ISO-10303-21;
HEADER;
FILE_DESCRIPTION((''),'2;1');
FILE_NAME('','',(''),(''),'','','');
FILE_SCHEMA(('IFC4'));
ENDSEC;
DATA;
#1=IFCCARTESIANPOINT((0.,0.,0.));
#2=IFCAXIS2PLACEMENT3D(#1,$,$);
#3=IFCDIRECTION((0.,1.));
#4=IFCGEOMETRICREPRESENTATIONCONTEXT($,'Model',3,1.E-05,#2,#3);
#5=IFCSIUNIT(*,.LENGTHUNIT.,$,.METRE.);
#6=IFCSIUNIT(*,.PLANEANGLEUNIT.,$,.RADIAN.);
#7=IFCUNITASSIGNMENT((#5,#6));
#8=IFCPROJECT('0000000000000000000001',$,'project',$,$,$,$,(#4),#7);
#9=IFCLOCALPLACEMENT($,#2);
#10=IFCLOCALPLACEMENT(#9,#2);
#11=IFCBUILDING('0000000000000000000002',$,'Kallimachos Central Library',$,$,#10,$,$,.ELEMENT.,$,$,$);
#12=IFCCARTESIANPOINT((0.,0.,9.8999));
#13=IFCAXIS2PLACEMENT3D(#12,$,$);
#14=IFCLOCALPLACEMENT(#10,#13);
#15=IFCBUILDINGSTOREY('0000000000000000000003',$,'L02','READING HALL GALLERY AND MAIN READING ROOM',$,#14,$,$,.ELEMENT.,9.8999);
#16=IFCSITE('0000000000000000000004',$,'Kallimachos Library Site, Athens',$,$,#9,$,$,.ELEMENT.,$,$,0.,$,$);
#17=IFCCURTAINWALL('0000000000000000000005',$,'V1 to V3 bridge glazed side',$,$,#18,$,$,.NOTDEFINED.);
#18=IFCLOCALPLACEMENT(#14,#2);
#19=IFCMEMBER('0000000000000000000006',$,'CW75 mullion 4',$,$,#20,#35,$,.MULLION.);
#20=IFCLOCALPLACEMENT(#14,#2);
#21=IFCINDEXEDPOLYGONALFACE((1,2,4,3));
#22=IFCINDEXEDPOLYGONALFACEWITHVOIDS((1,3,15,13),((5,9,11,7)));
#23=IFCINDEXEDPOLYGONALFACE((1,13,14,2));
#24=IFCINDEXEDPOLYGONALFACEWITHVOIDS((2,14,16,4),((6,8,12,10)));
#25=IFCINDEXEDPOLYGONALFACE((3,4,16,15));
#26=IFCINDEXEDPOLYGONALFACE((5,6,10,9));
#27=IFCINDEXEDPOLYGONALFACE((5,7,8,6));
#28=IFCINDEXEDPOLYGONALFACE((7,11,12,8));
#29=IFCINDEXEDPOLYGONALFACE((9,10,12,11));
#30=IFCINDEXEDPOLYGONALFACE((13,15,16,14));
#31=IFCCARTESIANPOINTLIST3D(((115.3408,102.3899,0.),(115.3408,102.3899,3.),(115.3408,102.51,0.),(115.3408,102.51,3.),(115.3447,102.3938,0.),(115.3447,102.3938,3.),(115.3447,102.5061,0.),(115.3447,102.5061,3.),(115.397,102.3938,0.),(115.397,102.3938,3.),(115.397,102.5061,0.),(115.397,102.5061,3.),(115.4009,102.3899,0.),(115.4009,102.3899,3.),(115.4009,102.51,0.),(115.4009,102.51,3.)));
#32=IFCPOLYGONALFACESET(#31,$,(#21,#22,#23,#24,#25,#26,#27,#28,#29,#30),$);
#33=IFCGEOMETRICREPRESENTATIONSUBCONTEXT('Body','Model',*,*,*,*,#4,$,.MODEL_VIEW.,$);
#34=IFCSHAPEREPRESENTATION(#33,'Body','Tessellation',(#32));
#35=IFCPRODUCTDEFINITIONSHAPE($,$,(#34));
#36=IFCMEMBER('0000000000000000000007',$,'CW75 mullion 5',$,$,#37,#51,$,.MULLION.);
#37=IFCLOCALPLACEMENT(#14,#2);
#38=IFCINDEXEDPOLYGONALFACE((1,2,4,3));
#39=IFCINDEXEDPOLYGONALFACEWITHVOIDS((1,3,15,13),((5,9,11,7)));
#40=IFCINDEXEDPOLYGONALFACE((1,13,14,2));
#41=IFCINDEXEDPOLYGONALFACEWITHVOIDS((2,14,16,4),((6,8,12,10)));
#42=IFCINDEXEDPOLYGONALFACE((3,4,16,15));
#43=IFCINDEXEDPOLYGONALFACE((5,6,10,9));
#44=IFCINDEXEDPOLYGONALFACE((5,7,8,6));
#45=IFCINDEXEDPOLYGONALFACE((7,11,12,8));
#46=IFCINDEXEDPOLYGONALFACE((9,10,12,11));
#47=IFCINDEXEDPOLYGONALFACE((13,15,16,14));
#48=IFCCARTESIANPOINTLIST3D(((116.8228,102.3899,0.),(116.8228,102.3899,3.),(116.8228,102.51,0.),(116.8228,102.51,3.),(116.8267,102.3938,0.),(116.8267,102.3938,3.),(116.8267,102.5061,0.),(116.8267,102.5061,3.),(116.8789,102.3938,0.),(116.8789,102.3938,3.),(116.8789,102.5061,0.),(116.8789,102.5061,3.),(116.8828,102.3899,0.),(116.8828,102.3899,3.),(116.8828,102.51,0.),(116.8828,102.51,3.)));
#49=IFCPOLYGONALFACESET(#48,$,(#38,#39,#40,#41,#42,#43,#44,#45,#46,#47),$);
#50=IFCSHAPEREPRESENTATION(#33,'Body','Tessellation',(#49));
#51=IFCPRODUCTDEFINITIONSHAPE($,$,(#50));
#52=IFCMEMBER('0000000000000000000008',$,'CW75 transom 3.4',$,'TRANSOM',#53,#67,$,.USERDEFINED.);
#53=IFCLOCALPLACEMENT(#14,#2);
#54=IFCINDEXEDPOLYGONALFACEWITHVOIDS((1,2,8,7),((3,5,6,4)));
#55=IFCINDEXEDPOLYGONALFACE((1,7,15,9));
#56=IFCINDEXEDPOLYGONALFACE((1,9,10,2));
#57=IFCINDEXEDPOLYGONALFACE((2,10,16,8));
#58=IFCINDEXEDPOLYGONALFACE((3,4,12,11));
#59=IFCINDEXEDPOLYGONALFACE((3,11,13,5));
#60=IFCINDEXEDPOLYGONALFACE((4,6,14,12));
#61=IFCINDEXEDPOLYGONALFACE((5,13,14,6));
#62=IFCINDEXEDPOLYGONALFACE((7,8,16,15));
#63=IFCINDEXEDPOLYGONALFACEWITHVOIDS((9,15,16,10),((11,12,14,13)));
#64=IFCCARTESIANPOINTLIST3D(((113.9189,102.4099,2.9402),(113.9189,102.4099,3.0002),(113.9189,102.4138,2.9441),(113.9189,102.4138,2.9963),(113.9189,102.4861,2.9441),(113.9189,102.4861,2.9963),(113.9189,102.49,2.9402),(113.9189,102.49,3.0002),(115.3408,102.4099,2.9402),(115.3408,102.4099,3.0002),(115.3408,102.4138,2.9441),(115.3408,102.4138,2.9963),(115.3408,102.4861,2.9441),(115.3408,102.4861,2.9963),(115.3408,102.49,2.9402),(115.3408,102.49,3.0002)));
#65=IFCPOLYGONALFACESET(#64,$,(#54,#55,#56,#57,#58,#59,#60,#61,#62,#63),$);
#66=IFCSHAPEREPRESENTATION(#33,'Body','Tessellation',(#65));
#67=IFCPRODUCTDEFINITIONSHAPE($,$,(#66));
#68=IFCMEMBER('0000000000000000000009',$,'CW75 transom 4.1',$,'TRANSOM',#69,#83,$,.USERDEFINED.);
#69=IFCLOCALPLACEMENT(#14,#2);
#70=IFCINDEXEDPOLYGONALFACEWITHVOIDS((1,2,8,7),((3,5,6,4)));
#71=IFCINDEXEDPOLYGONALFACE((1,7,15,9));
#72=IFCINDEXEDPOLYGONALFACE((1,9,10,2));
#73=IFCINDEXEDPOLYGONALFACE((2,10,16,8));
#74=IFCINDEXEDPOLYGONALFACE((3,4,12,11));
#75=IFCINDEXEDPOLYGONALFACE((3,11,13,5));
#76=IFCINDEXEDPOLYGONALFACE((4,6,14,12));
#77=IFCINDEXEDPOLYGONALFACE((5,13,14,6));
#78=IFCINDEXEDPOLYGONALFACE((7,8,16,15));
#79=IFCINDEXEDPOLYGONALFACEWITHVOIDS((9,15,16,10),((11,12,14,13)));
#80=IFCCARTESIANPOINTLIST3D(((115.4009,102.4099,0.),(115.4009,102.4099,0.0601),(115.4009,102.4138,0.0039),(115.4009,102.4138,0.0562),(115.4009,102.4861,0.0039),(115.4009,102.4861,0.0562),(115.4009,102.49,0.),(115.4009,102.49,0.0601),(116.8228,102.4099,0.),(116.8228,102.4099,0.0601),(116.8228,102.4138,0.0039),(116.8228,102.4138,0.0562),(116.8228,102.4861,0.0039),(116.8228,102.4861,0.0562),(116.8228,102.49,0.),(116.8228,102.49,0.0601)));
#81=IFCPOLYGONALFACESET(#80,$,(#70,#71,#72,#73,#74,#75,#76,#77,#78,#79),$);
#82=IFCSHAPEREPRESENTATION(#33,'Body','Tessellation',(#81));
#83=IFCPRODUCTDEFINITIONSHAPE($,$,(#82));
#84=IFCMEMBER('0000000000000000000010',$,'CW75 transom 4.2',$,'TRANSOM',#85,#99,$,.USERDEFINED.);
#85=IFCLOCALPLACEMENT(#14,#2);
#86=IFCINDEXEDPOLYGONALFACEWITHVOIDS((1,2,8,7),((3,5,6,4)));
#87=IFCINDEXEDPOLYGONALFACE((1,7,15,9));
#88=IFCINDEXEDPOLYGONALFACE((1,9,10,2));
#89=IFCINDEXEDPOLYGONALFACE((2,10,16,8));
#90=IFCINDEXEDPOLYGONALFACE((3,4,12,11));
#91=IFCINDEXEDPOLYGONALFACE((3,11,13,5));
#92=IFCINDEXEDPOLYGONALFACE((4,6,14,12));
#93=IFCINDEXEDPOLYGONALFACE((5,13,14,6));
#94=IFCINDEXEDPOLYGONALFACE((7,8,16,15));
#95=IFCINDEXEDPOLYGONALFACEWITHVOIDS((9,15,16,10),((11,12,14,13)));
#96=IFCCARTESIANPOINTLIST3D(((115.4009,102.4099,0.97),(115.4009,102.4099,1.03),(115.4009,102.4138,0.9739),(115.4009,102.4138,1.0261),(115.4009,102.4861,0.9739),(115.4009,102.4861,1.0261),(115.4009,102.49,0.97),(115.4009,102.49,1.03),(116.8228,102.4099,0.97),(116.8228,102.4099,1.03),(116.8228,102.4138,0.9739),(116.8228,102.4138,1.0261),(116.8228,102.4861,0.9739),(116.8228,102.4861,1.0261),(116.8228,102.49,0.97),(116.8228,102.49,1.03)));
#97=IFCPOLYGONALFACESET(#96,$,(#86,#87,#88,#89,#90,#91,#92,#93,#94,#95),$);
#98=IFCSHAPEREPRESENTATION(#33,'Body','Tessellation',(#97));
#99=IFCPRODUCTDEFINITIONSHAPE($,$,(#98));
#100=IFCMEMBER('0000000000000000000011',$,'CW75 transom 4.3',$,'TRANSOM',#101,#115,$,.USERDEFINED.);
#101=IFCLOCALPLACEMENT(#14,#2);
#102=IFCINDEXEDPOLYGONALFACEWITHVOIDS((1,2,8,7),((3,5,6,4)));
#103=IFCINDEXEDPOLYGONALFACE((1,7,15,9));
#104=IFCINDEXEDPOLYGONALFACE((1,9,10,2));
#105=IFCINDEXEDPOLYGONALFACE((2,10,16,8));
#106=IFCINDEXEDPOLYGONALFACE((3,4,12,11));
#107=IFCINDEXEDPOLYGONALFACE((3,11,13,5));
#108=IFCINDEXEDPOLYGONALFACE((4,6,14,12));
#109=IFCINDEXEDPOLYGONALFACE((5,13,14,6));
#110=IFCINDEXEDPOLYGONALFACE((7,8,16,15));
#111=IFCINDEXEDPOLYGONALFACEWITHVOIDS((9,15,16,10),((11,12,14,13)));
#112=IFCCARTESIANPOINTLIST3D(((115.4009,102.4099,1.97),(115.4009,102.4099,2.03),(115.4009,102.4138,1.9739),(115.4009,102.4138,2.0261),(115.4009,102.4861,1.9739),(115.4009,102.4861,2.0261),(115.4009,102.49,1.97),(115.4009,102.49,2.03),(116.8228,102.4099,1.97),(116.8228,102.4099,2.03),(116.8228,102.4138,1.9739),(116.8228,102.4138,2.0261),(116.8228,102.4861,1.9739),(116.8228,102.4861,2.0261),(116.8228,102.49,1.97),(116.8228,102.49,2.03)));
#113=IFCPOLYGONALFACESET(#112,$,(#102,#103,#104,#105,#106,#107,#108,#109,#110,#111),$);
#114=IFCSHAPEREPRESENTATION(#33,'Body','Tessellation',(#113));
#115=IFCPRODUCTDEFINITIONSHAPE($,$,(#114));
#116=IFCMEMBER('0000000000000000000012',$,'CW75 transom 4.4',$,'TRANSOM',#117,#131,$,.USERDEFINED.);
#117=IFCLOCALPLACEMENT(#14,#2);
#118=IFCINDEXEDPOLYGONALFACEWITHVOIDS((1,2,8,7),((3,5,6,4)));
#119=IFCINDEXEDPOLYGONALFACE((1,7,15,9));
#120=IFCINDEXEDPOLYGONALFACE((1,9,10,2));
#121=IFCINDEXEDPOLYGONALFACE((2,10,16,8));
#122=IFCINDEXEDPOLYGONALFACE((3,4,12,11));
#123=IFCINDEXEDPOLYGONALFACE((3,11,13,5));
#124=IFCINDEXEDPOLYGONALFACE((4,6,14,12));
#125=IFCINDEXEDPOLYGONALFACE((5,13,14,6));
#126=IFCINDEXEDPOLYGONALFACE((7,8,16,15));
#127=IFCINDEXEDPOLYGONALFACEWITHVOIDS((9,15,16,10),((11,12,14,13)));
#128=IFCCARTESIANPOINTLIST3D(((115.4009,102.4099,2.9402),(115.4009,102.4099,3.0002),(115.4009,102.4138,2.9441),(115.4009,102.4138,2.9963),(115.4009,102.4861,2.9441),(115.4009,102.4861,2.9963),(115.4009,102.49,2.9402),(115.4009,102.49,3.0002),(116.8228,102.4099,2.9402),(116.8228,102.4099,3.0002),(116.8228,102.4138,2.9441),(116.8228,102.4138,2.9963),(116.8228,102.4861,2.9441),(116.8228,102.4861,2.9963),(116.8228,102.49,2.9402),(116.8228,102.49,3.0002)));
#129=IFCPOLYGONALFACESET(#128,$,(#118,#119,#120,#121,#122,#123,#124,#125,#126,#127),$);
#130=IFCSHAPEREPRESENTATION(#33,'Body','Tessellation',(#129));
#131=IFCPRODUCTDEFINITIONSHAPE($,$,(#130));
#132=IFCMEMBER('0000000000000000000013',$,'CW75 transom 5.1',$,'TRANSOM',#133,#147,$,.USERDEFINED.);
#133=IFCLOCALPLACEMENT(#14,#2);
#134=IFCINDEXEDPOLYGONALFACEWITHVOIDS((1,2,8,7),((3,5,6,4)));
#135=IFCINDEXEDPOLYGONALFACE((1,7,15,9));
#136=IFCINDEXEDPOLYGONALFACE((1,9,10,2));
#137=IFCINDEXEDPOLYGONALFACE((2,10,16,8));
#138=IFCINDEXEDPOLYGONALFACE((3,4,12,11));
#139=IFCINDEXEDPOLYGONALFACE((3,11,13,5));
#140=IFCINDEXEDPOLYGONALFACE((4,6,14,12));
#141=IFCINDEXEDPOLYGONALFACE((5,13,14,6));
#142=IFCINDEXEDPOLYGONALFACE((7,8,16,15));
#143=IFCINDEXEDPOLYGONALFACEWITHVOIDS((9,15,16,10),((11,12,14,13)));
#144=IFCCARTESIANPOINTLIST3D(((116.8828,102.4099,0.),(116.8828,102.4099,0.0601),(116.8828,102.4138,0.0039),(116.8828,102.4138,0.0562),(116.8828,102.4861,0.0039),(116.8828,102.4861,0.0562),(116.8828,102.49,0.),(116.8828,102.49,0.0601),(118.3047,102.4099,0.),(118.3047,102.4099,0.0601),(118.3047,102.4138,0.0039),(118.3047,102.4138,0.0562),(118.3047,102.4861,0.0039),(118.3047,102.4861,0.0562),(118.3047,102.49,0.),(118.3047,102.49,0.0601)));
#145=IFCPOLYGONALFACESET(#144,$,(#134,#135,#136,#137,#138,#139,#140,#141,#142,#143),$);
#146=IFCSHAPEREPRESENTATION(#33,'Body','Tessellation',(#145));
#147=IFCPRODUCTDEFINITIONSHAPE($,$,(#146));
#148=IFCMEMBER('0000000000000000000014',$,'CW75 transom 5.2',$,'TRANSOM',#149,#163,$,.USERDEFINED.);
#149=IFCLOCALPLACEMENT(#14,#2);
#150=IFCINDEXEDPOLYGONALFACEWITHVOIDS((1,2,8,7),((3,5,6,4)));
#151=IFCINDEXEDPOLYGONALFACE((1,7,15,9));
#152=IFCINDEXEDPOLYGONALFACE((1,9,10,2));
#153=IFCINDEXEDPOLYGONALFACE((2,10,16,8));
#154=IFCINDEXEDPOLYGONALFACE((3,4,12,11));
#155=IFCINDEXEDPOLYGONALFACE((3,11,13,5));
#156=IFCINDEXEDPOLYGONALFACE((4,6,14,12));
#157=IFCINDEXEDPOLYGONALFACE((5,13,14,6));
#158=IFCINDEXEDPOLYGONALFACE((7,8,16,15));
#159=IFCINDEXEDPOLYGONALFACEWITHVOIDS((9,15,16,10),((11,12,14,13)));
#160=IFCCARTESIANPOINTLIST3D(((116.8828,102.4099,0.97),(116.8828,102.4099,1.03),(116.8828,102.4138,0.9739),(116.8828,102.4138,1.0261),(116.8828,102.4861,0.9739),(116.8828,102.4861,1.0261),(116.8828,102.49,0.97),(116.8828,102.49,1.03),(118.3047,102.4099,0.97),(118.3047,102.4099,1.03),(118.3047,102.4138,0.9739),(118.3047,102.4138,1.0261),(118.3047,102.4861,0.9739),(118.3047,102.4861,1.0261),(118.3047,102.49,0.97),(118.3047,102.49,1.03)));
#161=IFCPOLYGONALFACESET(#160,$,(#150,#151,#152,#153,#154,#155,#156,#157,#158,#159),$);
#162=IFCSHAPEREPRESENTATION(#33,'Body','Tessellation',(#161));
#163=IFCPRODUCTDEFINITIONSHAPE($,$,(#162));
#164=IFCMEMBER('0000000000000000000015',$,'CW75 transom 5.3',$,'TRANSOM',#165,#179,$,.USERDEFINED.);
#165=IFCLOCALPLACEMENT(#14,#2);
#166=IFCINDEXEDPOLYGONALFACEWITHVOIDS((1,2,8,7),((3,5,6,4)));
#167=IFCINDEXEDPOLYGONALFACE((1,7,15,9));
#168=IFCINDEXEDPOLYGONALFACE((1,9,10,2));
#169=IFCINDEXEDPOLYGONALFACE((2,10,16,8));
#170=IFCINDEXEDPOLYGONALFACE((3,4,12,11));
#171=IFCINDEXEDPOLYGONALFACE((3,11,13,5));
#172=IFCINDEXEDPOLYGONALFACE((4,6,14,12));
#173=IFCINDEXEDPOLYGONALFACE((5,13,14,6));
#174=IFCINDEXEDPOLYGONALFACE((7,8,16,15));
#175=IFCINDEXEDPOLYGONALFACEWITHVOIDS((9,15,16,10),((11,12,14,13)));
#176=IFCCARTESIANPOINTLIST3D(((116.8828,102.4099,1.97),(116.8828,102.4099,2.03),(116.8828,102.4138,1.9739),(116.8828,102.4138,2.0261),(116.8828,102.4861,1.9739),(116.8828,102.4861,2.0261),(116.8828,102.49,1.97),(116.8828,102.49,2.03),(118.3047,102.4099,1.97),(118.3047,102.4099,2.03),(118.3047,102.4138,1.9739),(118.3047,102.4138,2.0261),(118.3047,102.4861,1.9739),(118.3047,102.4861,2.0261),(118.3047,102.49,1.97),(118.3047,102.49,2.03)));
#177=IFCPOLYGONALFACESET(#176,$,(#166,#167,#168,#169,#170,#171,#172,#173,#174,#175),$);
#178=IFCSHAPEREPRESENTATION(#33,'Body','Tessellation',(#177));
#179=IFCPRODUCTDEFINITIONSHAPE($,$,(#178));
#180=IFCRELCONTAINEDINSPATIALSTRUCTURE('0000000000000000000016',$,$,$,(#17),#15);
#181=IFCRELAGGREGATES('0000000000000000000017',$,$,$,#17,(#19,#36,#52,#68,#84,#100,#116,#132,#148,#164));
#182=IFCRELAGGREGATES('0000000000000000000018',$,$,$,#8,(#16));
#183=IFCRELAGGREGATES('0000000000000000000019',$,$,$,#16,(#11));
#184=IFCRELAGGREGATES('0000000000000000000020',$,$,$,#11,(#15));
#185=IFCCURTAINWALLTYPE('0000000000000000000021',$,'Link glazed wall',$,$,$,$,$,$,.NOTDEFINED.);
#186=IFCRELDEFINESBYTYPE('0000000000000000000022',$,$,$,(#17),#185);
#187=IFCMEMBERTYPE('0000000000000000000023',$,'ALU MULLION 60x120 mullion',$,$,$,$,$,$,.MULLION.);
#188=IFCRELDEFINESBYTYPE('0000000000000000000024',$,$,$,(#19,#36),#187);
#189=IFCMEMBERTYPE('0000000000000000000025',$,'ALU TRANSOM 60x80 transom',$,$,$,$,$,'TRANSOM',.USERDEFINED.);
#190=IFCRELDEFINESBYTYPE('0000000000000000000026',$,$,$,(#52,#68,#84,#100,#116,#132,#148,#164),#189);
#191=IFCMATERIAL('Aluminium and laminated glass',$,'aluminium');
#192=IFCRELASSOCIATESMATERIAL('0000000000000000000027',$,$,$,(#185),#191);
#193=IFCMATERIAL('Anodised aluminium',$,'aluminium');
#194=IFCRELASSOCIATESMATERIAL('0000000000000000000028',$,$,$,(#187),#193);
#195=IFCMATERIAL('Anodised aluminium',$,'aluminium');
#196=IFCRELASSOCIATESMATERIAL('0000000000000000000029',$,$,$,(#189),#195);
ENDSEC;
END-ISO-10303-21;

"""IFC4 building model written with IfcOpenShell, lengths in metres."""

from ifc_helpers import new_model, si_unit, direction, frame, origin, origin_2d, place, context, subcontext, project, spatial, hollow_rectangle, extrude, material, material_profile, profile_set, type_object, element, aggregate, save


model = new_model("IFC4")

# Units and contexts
model_context = context("Model", 3, precision=1e-05, world=origin(), true_north=direction((0.0, 1.0)))
body_context = subcontext(model_context, "Body", "Model", "MODEL_VIEW")
ifc_project = project(units=[si_unit("LENGTHUNIT", "METRE"), si_unit("PLANEANGLEUNIT", "RADIAN")], contexts=[model_context])

# Site, building, storey
site_placement = place(None, origin())
site = spatial("IfcSite", under=ifc_project, at=site_placement, Name="Kallimachos Library Site, Athens", CompositionType="ELEMENT", RefElevation=0.0)
building_placement = place(site_placement, origin())
building = spatial("IfcBuilding", under=site, at=building_placement, Name="Kallimachos Central Library", CompositionType="ELEMENT")
storey_placement = place(building_placement, frame((0.0, 0.0, 9.8999)))
storey = spatial("IfcBuildingStorey", under=building, at=storey_placement, Name="L02", Description="READING HALL GALLERY AND MAIN READING ROOM", CompositionType="ELEMENT", Elevation=9.8999)

# Curtain wall, members
ifc_material_1 = material(Name="Aluminium and laminated glass", Category="aluminium")
curtain_wall_type = type_object("IfcCurtainWallType", Name="Link glazed wall", PredefinedType="NOTDEFINED", material=ifc_material_1)
curtain_wall_placement = place(storey_placement, origin())
curtain_wall = element("IfcCurtainWall", 1, at=curtain_wall_placement, inside=storey, type_object=curtain_wall_type, Name="V1 to V3 bridge glazed side", PredefinedType="NOTDEFINED")
ifc_material_2 = material(Name="Anodised aluminium", Category="aluminium")
ifc_material_profile_1 = material_profile(ifc_material_2, hollow_rectangle(XDim=0.0601, YDim=0.1201, WallThickness=0.0039, at=origin_2d()), Name="ALU MULLION 60x120")
ifc_profile_set_1 = profile_set([ifc_material_profile_1], Name="Anodised aluminium")
member_type_1 = type_object("IfcMemberType", Name="ALU MULLION 60x120 mullion", PredefinedType="MULLION", material=ifc_profile_set_1)
member_1_placement = place(storey_placement, frame((115.3708, 102.45, 0.0), z_axis=(0.0, 0.0, 1.0), x_axis=(1.0, 0.0, 0.0)))
member_1 = element("IfcMember", 2, at=member_1_placement, type_object=member_type_1, Name="CW75 mullion 4", PredefinedType="MULLION", context=body_context, shape_type="SweptSolid", body=[
    extrude(hollow_rectangle(XDim=0.0601, YDim=0.1201, WallThickness=0.0039, at=origin_2d()), origin(), (0.0, 0.0, 1.0), 3.0),
])
member_2_placement = place(storey_placement, frame((116.8528, 102.45, 0.0), z_axis=(0.0, 0.0, 1.0), x_axis=(1.0, 0.0, 0.0)))
member_2 = element("IfcMember", 3, at=member_2_placement, type_object=member_type_1, Name="CW75 mullion 5", PredefinedType="MULLION", context=body_context, shape_type="SweptSolid", body=[
    extrude(hollow_rectangle(XDim=0.0601, YDim=0.1201, WallThickness=0.0039, at=origin_2d()), origin(), (0.0, 0.0, 1.0), 3.0),
])
ifc_material_3 = material(Name="Anodised aluminium", Category="aluminium")
ifc_material_profile_2 = material_profile(ifc_material_3, hollow_rectangle(XDim=0.0601, YDim=0.0801, WallThickness=0.0039, at=origin_2d()), Name="ALU TRANSOM 60x80")
ifc_profile_set_2 = profile_set([ifc_material_profile_2], Name="Anodised aluminium")
member_type_2 = type_object("IfcMemberType", Name="ALU TRANSOM 60x80 transom", ElementType="TRANSOM", PredefinedType="USERDEFINED", material=ifc_profile_set_2)
member_3_placement = place(storey_placement, frame((113.9189, 102.45, 2.9702), z_axis=(1.0, 0.0, 0.0), x_axis=(0.0, 0.0, 1.0)))
member_3 = element("IfcMember", 4, at=member_3_placement, type_object=member_type_2, Name="CW75 transom 3.4", ObjectType="TRANSOM", PredefinedType="USERDEFINED", context=body_context, shape_type="SweptSolid", body=[
    extrude(hollow_rectangle(XDim=0.0601, YDim=0.0801, WallThickness=0.0039, at=origin_2d()), origin(), (0.0, 0.0, 1.0), 1.4219),
])
member_4_placement = place(storey_placement, frame((115.4009, 102.45, 0.03), z_axis=(1.0, 0.0, 0.0), x_axis=(0.0, 0.0, 1.0)))
member_4 = element("IfcMember", 5, at=member_4_placement, type_object=member_type_2, Name="CW75 transom 4.1", ObjectType="TRANSOM", PredefinedType="USERDEFINED", context=body_context, shape_type="SweptSolid", body=[
    extrude(hollow_rectangle(XDim=0.0601, YDim=0.0801, WallThickness=0.0039, at=origin_2d()), origin(), (0.0, 0.0, 1.0), 1.4219),
])
member_5_placement = place(storey_placement, frame((115.4009, 102.45, 1.0), z_axis=(1.0, 0.0, 0.0), x_axis=(0.0, 0.0, 1.0)))
member_5 = element("IfcMember", 6, at=member_5_placement, type_object=member_type_2, Name="CW75 transom 4.2", ObjectType="TRANSOM", PredefinedType="USERDEFINED", context=body_context, shape_type="SweptSolid", body=[
    extrude(hollow_rectangle(XDim=0.0601, YDim=0.0801, WallThickness=0.0039, at=origin_2d()), origin(), (0.0, 0.0, 1.0), 1.4219),
])
member_6_placement = place(storey_placement, frame((115.4009, 102.45, 2.0), z_axis=(1.0, 0.0, 0.0), x_axis=(0.0, 0.0, 1.0)))
member_6 = element("IfcMember", 7, at=member_6_placement, type_object=member_type_2, Name="CW75 transom 4.3", ObjectType="TRANSOM", PredefinedType="USERDEFINED", context=body_context, shape_type="SweptSolid", body=[
    extrude(hollow_rectangle(XDim=0.0601, YDim=0.0801, WallThickness=0.0039, at=origin_2d()), origin(), (0.0, 0.0, 1.0), 1.4219),
])
member_7_placement = place(storey_placement, frame((115.4009, 102.45, 2.9702), z_axis=(1.0, 0.0, 0.0), x_axis=(0.0, 0.0, 1.0)))
member_7 = element("IfcMember", 8, at=member_7_placement, type_object=member_type_2, Name="CW75 transom 4.4", ObjectType="TRANSOM", PredefinedType="USERDEFINED", context=body_context, shape_type="SweptSolid", body=[
    extrude(hollow_rectangle(XDim=0.0601, YDim=0.0801, WallThickness=0.0039, at=origin_2d()), origin(), (0.0, 0.0, 1.0), 1.4219),
])
member_8_placement = place(storey_placement, frame((116.8828, 102.45, 0.03), z_axis=(1.0, 0.0, 0.0), x_axis=(0.0, 0.0, 1.0)))
member_8 = element("IfcMember", 9, at=member_8_placement, type_object=member_type_2, Name="CW75 transom 5.1", ObjectType="TRANSOM", PredefinedType="USERDEFINED", context=body_context, shape_type="SweptSolid", body=[
    extrude(hollow_rectangle(XDim=0.0601, YDim=0.0801, WallThickness=0.0039, at=origin_2d()), origin(), (0.0, 0.0, 1.0), 1.4219),
])
member_9_placement = place(storey_placement, frame((116.8828, 102.45, 1.0), z_axis=(1.0, 0.0, 0.0), x_axis=(0.0, 0.0, 1.0)))
member_9 = element("IfcMember", 10, at=member_9_placement, type_object=member_type_2, Name="CW75 transom 5.2", ObjectType="TRANSOM", PredefinedType="USERDEFINED", context=body_context, shape_type="SweptSolid", body=[
    extrude(hollow_rectangle(XDim=0.0601, YDim=0.0801, WallThickness=0.0039, at=origin_2d()), origin(), (0.0, 0.0, 1.0), 1.4219),
])
member_10_placement = place(storey_placement, frame((116.8828, 102.45, 2.0), z_axis=(1.0, 0.0, 0.0), x_axis=(0.0, 0.0, 1.0)))
member_10 = element("IfcMember", 11, at=member_10_placement, type_object=member_type_2, Name="CW75 transom 5.3", ObjectType="TRANSOM", PredefinedType="USERDEFINED", context=body_context, shape_type="SweptSolid", body=[
    extrude(hollow_rectangle(XDim=0.0601, YDim=0.0801, WallThickness=0.0039, at=origin_2d()), origin(), (0.0, 0.0, 1.0), 1.4219),
])

aggregate(curtain_wall, [member_1, member_2, member_3, member_4, member_5, member_6, member_7, member_8, member_9, member_10])

save(model, "model.ifc")
